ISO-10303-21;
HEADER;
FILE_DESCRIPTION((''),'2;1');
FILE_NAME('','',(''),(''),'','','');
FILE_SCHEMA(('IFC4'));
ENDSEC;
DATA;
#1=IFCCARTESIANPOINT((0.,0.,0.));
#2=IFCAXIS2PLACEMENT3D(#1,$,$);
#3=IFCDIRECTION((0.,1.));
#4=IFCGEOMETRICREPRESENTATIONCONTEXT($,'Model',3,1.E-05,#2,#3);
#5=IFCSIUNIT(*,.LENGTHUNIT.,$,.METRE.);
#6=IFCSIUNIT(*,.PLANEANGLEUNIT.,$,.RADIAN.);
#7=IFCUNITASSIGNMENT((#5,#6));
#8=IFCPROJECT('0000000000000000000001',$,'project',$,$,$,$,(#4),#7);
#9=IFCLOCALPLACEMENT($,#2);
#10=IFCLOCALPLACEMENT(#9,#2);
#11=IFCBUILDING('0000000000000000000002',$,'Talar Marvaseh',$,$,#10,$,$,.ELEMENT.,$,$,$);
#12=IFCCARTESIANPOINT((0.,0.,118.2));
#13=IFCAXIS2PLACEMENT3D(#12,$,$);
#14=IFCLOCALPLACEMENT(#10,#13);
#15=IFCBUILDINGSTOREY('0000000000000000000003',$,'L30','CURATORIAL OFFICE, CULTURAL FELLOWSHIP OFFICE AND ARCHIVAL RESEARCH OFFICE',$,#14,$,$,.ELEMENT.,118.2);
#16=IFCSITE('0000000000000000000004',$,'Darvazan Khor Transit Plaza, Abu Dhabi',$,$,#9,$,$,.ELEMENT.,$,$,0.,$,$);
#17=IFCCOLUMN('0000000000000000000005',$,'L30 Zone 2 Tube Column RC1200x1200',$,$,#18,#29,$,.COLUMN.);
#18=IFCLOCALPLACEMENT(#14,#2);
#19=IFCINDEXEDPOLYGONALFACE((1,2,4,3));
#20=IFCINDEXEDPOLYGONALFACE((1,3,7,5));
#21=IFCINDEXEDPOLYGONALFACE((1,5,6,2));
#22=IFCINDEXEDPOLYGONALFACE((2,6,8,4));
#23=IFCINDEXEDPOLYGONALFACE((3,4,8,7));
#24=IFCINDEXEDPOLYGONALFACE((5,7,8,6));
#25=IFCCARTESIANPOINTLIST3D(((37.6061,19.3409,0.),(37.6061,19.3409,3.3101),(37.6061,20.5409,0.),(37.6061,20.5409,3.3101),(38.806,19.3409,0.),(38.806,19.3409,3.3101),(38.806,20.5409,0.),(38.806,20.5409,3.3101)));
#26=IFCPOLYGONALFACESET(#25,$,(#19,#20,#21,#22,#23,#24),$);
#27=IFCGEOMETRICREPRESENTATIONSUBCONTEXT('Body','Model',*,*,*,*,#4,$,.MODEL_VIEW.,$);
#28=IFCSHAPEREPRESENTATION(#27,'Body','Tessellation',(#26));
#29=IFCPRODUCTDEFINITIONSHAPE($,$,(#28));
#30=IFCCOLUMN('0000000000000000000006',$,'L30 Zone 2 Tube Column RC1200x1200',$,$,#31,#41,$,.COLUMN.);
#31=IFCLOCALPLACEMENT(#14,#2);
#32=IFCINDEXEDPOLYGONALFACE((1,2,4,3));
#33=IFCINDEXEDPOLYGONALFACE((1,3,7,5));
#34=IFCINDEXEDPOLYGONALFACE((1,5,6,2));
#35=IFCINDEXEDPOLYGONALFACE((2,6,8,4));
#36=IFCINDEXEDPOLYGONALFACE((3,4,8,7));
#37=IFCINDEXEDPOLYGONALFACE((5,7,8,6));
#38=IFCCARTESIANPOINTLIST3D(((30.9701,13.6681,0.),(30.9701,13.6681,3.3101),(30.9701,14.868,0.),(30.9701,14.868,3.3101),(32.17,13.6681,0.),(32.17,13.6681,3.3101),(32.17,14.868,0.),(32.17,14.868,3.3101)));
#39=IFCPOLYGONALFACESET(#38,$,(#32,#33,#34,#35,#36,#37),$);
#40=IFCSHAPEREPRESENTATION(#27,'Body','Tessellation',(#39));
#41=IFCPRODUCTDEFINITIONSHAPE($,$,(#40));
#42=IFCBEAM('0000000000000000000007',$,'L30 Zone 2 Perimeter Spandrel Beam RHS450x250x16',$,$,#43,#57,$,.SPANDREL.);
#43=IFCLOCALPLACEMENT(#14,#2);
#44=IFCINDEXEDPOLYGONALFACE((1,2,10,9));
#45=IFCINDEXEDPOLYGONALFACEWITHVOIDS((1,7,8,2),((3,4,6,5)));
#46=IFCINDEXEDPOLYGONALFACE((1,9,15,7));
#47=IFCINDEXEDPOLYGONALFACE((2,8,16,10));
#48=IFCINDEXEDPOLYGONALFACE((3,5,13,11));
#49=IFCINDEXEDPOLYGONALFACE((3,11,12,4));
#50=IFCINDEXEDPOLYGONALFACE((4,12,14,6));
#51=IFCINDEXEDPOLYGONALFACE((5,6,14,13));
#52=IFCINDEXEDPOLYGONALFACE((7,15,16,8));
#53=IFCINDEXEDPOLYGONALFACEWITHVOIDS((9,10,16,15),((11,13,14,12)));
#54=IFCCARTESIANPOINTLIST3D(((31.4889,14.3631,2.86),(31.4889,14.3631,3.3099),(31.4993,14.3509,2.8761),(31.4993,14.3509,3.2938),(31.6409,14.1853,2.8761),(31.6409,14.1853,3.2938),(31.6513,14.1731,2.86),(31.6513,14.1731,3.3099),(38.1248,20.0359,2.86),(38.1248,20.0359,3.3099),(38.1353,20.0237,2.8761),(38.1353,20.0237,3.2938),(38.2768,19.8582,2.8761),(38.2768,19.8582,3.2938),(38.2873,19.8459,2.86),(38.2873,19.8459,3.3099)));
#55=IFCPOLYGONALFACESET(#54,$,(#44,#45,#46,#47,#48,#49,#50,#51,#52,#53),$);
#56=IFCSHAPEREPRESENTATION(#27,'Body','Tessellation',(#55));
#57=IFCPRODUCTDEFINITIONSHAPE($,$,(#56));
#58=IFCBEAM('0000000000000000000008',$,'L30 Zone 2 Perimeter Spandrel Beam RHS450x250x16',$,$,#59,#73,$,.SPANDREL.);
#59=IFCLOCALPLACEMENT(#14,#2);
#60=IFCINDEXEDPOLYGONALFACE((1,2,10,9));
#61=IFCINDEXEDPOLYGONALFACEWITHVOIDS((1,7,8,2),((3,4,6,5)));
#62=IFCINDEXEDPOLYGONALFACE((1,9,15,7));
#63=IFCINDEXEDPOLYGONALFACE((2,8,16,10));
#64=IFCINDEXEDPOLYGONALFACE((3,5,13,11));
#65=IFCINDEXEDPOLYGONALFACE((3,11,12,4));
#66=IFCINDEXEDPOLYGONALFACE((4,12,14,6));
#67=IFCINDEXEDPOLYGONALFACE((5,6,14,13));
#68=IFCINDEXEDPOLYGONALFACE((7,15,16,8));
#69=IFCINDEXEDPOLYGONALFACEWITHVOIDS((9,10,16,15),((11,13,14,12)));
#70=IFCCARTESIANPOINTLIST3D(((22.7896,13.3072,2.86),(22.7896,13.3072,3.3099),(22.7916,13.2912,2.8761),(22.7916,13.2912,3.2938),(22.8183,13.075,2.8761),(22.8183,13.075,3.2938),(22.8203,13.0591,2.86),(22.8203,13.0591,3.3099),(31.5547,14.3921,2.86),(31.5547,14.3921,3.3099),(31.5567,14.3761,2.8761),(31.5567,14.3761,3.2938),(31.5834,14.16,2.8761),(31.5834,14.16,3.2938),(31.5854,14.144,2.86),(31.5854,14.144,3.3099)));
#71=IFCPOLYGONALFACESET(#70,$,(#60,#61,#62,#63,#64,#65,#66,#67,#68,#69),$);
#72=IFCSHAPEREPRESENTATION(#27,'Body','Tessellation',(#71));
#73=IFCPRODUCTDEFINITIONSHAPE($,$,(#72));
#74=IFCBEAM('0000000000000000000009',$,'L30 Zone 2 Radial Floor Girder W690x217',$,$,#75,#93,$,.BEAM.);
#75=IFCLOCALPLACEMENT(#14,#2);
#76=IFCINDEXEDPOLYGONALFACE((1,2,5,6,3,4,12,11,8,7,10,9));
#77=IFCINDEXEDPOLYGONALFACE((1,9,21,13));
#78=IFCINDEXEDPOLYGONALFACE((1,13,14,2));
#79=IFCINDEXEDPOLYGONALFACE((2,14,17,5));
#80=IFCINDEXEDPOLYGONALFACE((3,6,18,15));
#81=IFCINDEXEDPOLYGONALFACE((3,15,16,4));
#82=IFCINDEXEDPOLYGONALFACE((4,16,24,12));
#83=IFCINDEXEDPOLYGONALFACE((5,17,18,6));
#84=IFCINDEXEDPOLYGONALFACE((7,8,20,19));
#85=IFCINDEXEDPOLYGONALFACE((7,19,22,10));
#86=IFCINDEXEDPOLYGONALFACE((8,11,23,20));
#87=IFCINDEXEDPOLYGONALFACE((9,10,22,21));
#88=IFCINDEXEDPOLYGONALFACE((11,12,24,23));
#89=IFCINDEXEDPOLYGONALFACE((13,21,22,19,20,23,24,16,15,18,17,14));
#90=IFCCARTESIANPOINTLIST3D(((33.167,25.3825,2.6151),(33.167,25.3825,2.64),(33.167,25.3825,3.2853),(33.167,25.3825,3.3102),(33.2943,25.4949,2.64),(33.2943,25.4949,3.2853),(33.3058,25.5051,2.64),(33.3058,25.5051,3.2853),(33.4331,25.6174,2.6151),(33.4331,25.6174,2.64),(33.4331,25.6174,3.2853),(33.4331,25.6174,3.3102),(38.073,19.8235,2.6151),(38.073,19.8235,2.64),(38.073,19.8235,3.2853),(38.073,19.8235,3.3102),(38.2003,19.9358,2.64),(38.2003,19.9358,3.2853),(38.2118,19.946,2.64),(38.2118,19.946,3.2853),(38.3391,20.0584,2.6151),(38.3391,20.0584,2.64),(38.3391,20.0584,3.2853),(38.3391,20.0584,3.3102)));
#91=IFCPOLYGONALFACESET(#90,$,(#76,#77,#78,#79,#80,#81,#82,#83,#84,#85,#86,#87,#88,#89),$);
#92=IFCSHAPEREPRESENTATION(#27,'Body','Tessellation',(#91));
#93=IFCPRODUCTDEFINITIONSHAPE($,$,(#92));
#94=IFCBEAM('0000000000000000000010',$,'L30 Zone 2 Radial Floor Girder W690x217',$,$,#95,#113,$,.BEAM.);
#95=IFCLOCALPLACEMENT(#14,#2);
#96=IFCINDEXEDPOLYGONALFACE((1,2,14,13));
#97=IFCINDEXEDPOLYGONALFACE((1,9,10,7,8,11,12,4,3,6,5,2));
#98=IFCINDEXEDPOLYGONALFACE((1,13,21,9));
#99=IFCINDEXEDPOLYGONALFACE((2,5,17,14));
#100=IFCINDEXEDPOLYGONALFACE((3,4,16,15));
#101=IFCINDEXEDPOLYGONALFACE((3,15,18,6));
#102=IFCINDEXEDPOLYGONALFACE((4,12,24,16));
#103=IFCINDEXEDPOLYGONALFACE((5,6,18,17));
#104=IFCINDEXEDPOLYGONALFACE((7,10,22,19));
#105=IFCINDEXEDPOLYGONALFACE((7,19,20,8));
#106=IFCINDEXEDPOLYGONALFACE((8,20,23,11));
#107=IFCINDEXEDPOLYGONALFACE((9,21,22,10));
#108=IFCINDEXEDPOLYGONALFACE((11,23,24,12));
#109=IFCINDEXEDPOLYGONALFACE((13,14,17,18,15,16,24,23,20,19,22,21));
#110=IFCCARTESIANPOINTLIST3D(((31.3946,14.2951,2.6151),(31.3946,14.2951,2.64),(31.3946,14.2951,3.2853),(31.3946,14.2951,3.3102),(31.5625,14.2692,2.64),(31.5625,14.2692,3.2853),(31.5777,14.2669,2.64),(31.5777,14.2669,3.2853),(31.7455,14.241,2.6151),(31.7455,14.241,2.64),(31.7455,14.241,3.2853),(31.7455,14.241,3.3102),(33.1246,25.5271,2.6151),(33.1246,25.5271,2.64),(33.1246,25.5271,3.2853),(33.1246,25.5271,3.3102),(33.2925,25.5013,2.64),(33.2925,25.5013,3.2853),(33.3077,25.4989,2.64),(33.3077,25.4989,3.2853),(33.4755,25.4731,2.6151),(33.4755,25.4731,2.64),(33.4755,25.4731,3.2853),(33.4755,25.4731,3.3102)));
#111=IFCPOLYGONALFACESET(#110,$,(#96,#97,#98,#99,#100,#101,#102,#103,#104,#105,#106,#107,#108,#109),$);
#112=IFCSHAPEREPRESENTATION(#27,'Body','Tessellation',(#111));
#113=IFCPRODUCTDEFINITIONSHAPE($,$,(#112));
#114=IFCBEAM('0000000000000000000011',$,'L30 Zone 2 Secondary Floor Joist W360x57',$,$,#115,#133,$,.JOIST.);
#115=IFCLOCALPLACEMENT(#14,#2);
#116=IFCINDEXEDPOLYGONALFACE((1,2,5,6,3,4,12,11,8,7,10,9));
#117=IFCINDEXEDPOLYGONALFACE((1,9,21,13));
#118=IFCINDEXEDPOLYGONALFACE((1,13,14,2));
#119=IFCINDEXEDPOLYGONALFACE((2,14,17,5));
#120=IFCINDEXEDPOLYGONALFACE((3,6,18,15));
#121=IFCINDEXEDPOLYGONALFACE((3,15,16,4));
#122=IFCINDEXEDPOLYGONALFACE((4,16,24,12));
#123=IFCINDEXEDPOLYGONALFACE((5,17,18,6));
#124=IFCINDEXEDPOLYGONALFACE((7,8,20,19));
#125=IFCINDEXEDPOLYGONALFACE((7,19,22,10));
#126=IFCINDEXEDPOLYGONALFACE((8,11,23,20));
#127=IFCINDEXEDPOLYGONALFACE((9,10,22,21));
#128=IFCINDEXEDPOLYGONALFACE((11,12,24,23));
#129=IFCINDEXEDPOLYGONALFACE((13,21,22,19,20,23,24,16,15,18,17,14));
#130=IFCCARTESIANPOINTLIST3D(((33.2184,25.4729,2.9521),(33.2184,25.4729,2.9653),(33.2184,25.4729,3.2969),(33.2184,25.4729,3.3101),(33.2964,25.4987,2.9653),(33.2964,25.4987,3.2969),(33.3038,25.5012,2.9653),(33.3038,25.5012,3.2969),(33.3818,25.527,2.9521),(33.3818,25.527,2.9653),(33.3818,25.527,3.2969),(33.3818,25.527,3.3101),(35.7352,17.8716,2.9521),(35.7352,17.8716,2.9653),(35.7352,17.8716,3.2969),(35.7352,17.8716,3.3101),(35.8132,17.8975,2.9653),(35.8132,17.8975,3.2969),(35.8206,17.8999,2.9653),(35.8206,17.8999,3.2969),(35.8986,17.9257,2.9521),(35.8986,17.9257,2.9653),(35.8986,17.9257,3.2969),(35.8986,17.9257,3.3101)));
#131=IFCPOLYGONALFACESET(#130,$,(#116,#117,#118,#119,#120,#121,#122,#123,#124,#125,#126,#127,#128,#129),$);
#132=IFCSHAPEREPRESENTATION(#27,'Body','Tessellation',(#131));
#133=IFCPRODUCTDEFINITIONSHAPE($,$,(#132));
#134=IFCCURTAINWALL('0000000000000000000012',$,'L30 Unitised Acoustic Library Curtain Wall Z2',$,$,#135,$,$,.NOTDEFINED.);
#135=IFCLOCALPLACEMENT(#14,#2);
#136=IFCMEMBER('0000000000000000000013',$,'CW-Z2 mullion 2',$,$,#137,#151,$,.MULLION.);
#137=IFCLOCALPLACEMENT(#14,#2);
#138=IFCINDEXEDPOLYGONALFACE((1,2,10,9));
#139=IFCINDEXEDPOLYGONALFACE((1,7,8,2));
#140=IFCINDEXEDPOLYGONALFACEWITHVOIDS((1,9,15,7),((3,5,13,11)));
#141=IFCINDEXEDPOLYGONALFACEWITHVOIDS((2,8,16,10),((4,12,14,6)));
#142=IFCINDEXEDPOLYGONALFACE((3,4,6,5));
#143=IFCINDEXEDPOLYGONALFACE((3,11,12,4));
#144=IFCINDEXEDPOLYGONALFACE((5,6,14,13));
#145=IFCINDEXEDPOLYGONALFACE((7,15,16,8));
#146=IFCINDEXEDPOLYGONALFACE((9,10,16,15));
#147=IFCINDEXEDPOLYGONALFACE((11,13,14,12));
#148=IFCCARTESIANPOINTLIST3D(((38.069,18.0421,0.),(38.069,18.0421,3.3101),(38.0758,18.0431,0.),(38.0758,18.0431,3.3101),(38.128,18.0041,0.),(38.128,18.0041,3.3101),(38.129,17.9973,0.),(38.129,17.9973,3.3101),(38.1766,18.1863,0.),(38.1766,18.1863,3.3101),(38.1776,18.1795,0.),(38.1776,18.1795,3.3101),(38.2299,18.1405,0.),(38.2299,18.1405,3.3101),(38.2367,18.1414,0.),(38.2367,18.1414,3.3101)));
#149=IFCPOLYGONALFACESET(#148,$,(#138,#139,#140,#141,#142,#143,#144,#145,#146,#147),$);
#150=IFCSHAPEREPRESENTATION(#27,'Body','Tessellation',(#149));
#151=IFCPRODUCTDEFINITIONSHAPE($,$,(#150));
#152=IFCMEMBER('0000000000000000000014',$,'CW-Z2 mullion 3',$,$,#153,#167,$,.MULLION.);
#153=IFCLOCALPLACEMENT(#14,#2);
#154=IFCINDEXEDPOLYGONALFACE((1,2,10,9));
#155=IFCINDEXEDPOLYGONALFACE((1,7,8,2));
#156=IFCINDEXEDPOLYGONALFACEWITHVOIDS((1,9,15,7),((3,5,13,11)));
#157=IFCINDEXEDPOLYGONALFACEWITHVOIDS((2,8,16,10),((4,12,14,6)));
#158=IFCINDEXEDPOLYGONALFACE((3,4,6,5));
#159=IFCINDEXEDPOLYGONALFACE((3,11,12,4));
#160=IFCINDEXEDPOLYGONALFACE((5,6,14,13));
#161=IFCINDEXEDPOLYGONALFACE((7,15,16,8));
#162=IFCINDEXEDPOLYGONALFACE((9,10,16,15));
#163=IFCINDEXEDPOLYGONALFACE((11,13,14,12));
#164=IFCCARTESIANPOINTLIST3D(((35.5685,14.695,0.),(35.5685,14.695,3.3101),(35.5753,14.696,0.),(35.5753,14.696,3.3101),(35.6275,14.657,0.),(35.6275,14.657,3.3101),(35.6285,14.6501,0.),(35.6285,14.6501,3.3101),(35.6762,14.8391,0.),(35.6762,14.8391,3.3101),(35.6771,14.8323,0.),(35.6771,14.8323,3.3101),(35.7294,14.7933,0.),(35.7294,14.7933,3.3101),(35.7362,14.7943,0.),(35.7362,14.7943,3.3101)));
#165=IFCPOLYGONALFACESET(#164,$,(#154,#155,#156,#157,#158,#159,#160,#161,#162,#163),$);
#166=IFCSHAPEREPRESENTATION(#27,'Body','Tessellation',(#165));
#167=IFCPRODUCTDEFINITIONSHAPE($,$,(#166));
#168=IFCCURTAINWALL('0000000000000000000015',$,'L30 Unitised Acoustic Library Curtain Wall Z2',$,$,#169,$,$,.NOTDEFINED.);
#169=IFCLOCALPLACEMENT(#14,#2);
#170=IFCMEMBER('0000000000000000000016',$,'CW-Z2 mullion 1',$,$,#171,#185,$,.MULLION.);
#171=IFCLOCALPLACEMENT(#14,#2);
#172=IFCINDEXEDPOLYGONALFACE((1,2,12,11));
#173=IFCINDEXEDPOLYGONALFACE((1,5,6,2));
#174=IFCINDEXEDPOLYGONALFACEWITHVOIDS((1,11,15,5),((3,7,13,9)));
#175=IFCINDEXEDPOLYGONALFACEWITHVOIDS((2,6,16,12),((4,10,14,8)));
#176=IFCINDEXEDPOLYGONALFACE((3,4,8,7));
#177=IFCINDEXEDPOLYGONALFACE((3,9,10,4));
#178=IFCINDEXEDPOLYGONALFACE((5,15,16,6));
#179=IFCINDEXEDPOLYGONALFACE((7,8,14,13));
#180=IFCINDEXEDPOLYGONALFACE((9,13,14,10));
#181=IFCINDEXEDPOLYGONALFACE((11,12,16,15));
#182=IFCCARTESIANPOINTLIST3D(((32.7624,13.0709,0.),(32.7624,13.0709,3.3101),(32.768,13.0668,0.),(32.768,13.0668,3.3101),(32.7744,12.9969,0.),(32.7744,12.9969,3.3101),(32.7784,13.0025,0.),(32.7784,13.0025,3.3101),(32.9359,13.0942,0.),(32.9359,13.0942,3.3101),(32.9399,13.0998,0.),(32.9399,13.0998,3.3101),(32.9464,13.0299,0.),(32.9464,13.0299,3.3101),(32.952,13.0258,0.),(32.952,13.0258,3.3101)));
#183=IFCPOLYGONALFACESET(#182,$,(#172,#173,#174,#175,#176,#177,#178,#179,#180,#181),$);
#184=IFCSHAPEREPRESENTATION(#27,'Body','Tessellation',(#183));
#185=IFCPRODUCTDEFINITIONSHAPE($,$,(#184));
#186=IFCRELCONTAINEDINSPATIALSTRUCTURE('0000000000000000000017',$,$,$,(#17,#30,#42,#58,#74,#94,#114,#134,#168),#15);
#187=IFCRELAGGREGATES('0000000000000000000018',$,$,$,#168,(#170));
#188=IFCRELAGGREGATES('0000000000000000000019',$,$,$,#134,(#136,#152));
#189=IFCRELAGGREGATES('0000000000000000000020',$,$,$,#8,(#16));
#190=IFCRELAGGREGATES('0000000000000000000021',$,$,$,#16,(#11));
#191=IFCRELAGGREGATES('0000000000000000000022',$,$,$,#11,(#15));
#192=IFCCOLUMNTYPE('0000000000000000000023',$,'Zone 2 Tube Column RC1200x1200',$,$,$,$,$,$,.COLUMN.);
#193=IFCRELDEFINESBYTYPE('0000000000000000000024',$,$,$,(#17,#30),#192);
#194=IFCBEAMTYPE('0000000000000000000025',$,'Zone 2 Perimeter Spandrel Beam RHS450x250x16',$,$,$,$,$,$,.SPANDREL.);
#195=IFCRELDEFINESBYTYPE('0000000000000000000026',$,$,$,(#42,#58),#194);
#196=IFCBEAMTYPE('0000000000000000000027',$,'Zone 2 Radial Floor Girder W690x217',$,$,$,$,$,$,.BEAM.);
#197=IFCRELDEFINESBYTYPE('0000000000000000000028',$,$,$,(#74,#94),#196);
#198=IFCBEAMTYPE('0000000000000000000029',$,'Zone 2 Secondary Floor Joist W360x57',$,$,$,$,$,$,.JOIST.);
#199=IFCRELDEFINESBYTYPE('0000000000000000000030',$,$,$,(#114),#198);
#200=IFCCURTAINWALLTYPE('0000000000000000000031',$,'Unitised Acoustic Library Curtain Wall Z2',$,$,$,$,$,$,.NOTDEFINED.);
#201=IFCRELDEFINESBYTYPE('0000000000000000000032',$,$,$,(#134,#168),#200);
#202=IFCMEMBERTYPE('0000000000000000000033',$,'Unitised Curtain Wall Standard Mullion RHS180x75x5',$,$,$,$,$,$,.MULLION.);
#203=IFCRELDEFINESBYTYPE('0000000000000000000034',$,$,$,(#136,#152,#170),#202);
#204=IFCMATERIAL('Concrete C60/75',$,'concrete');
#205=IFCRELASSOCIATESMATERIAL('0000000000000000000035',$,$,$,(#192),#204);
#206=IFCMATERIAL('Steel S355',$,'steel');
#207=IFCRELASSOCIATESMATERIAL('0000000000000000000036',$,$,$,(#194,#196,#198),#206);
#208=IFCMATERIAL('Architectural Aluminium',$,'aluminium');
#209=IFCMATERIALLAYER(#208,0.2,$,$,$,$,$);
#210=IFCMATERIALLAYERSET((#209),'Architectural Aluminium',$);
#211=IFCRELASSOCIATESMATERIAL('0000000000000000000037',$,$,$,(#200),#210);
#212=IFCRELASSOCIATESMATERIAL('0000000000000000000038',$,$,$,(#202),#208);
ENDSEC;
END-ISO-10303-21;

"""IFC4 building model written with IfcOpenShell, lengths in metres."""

from ifc_helpers import new_model, si_unit, direction, frame, origin, origin_2d, place, context, subcontext, project, spatial, rectangle, hollow_rectangle, i_section, extrude, source, transform, mapped, material, layer, layer_set, material_profile, profile_set, type_object, type_shapes, element, aggregate, save


model = new_model("IFC4")

# Units and contexts
model_context = context("Model", 3, precision=1e-05, world=origin(), true_north=direction((0.0, 1.0)))
body_context = subcontext(model_context, "Body", "Model", "MODEL_VIEW")
ifc_project = project(units=[si_unit("LENGTHUNIT", "METRE"), si_unit("PLANEANGLEUNIT", "RADIAN")], contexts=[model_context])

# Site, building, storey
site_placement = place(None, origin())
site = spatial("IfcSite", under=ifc_project, at=site_placement, Name="Darvazan Khor Transit Plaza, Abu Dhabi", CompositionType="ELEMENT", RefElevation=0.0)
building_placement = place(site_placement, origin())
building = spatial("IfcBuilding", under=site, at=building_placement, Name="Talar Marvaseh", CompositionType="ELEMENT")
storey_placement = place(building_placement, frame((0.0, 0.0, 118.2)))
storey = spatial("IfcBuildingStorey", under=building, at=storey_placement, Name="L30", Description="CURATORIAL OFFICE, CULTURAL FELLOWSHIP OFFICE AND ARCHIVAL RESEARCH OFFICE", CompositionType="ELEMENT", Elevation=118.2)

# Columns
ifc_material_1 = material(Name="Concrete C60/75", Category="concrete")
ifc_material_profile_1 = material_profile(ifc_material_1, rectangle(XDim=1.2, YDim=1.2, at=origin_2d()), Name="RC1200x1200")
ifc_profile_set_1 = profile_set([ifc_material_profile_1], Name="Concrete C60/75")
column_type = type_object("IfcColumnType", Name="Zone 2 Tube Column RC1200x1200", PredefinedType="COLUMN", material=ifc_profile_set_1)
for number, where, z_axis, x_axis, name in (
    (1, (38.2061, 19.9409, 0.0), (0.0, 0.0, 1.0), (1.0, 0.0, 0.0), "L30 Zone 2 Tube Column RC1200x1200"),
    (2, (31.5701, 14.2681, 0.0), (0.0, 0.0, 1.0), (1.0, 0.0, 0.0), "L30 Zone 2 Tube Column RC1200x1200"),
):
    element("IfcColumn", number, at=place(storey_placement, frame(where, z_axis=z_axis, x_axis=x_axis)), inside=storey, type_object=column_type, Name=name, PredefinedType="COLUMN", context=body_context, shape_type="SweptSolid", body=[
        extrude(rectangle(XDim=1.2, YDim=1.2, at=origin_2d()), origin(), (0.0, 0.0, 1.0), 3.3101),
    ])

# Beams
ifc_material_2 = material(Name="Steel S355", Category="steel")
ifc_material_profile_2 = material_profile(ifc_material_2, hollow_rectangle(XDim=0.25, YDim=0.45, WallThickness=0.0161, at=origin_2d()), Name="RHS450x250x16")
ifc_profile_set_2 = profile_set([ifc_material_profile_2], Name="Steel S355")
beam_type_1 = type_object("IfcBeamType", Name="Zone 2 Perimeter Spandrel Beam RHS450x250x16", PredefinedType="SPANDREL", material=ifc_profile_set_2)
beam_1_placement = place(storey_placement, frame((38.2061, 19.9409, 3.085), z_axis=(-0.760113, -0.649791, 0.0), x_axis=(0.649791, -0.760113, 0.0)))
element("IfcBeam", 3, at=beam_1_placement, inside=storey, type_object=beam_type_1, Name="L30 Zone 2 Perimeter Spandrel Beam RHS450x250x16", PredefinedType="SPANDREL", context=body_context, shape_type="SweptSolid", body=[
    extrude(hollow_rectangle(XDim=0.25, YDim=0.45, WallThickness=0.0161, at=origin_2d()), origin(), (0.0, 0.0, 1.0), 8.7302),
])
beam_2_placement = place(storey_placement, frame((31.5701, 14.2681, 3.085), z_axis=(-0.992426, -0.122844, 0.0), x_axis=(0.122844, -0.992426, 0.0)))
element("IfcBeam", 4, at=beam_2_placement, inside=storey, type_object=beam_type_1, Name="L30 Zone 2 Perimeter Spandrel Beam RHS450x250x16", PredefinedType="SPANDREL", context=body_context, shape_type="SweptSolid", body=[
    extrude(hollow_rectangle(XDim=0.25, YDim=0.45, WallThickness=0.0161, at=origin_2d()), origin(), (0.0, 0.0, 1.0), 8.832),
])
ifc_material_profile_3 = material_profile(ifc_material_2, i_section(OverallWidth=0.355, OverallDepth=0.6951, WebThickness=0.0154, FlangeThickness=0.0249, at=origin_2d()), Name="W690x217")
ifc_profile_set_3 = profile_set([ifc_material_profile_3], Name="Steel S355")
beam_type_2 = type_object("IfcBeamType", Name="Zone 2 Radial Floor Girder W690x217", PredefinedType="BEAM", material=ifc_profile_set_3)
beam_3_placement = place(storey_placement, frame((38.2061, 19.9409, 2.9626), z_axis=(-0.661692, 0.749775, 0.0), x_axis=(-0.749775, -0.661692, 0.0)))
element("IfcBeam", 5, at=beam_3_placement, inside=storey, type_object=beam_type_2, Name="L30 Zone 2 Radial Floor Girder W690x217", PredefinedType="BEAM", context=body_context, shape_type="SweptSolid", body=[
    extrude(i_section(OverallWidth=0.355, OverallDepth=0.6951, WebThickness=0.0154, FlangeThickness=0.0249, at=origin_2d()), origin(), (0.0, 0.0, 1.0), 7.4143),
])
beam_4_placement = place(storey_placement, frame((31.5701, 14.2681, 2.9626), z_axis=(0.152228, 0.988345, 0.0), x_axis=(-0.988345, 0.152228, 0.0)))
element("IfcBeam", 6, at=beam_4_placement, inside=storey, type_object=beam_type_2, Name="L30 Zone 2 Radial Floor Girder W690x217", PredefinedType="BEAM", context=body_context, shape_type="SweptSolid", body=[
    extrude(i_section(OverallWidth=0.355, OverallDepth=0.6951, WebThickness=0.0154, FlangeThickness=0.0249, at=origin_2d()), origin(), (0.0, 0.0, 1.0), 11.3645),
])
ifc_material_profile_4 = material_profile(ifc_material_2, i_section(OverallWidth=0.1721, OverallDepth=0.3579, WebThickness=0.0078, FlangeThickness=0.0132, at=origin_2d()), Name="W360x57")
ifc_profile_set_4 = profile_set([ifc_material_profile_4], Name="Steel S355")
beam_type_3 = type_object("IfcBeamType", Name="Zone 2 Secondary Floor Joist W360x57", PredefinedType="JOIST", material=ifc_profile_set_4)
beam_5_placement = place(storey_placement, frame((35.8169, 17.8987, 3.1311), z_axis=(-0.314325, 0.949316, 0.0), x_axis=(-0.949316, -0.314325, 0.0)))
element("IfcBeam", 7, at=beam_5_placement, inside=storey, type_object=beam_type_3, Name="L30 Zone 2 Secondary Floor Joist W360x57", PredefinedType="JOIST", context=body_context, shape_type="SweptSolid", body=[
    extrude(i_section(OverallWidth=0.1721, OverallDepth=0.3579, WebThickness=0.0078, FlangeThickness=0.0132, at=origin_2d()), origin(), (0.0, 0.0, 1.0), 8.0071),
])

# Curtain walls, members
ifc_material_3 = material(Name="Architectural Aluminium", Category="aluminium")
ifc_layer_1 = layer(ifc_material_3, 0.2)
ifc_layer_set_1 = layer_set([ifc_layer_1], Name="Architectural Aluminium")
curtain_wall_type = type_object("IfcCurtainWallType", Name="Unitised Acoustic Library Curtain Wall Z2", PredefinedType="NOTDEFINED", material=ifc_layer_set_1)
curtain_wall_1_placement = place(storey_placement, origin())
curtain_wall_1 = element("IfcCurtainWall", 8, at=curtain_wall_1_placement, inside=storey, type_object=curtain_wall_type, Name="L30 Unitised Acoustic Library Curtain Wall Z2", PredefinedType="NOTDEFINED")
ifc_material_profile_5 = material_profile(ifc_material_3, hollow_rectangle(XDim=0.075, YDim=0.1799, WallThickness=0.0049, at=origin_2d()), Name="RHS180x75x5")
ifc_profile_set_5 = profile_set([ifc_material_profile_5], Name="Architectural Aluminium")
member_type_1 = type_object("IfcMemberType", Name="Unitised Curtain Wall Standard Mullion RHS180x75x5", PredefinedType="MULLION", material=ifc_profile_set_5)
shared_shape_1 = source(origin(), body_context, "Body", "SweptSolid", [
    extrude(hollow_rectangle(XDim=0.075, YDim=0.1799, WallThickness=0.0049, at=origin_2d()), origin(), (0.0, 0.0, 1.0), 3.3101),
])
type_shapes(member_type_1, [shared_shape_1])
member_1_placement = place(storey_placement, frame((38.1528, 18.0918, 0.0), z_axis=(0.0, 0.0, 1.0), x_axis=(0.801159, -0.598452, 0.0)))
member_1 = element("IfcMember", 9, at=member_1_placement, type_object=member_type_1, Name="CW-Z2 mullion 2", PredefinedType="MULLION", context=body_context, shape_type="MappedRepresentation", body=[
    mapped(shared_shape_1, transform((0.0, 0.0, 0.0), x_axis=(1.0, 0.0, 0.0), y_axis=(0.0, 1.0, 0.0), z_axis=(0.0, 0.0, 1.0), scale=1.0)),
])
member_2_placement = place(storey_placement, frame((35.6523, 14.7446, 0.0), z_axis=(0.0, 0.0, 1.0), x_axis=(0.801159, -0.598452, 0.0)))
member_2 = element("IfcMember", 10, at=member_2_placement, type_object=member_type_1, Name="CW-Z2 mullion 3", PredefinedType="MULLION", context=body_context, shape_type="MappedRepresentation", body=[
    mapped(shared_shape_1, transform((0.0, 0.0, 0.0), x_axis=(1.0, 0.0, 0.0), y_axis=(0.0, 1.0, 0.0), z_axis=(0.0, 0.0, 1.0), scale=1.0)),
])
curtain_wall_2_placement = place(storey_placement, origin())
curtain_wall_2 = element("IfcCurtainWall", 11, at=curtain_wall_2_placement, inside=storey, type_object=curtain_wall_type, Name="L30 Unitised Acoustic Library Curtain Wall Z2", PredefinedType="NOTDEFINED")
member_3_placement = place(storey_placement, frame((32.8572, 13.0483, 0.0), z_axis=(0.0, 0.0, 1.0), x_axis=(0.160892, -0.986972, 0.0)))
member_3 = element("IfcMember", 12, at=member_3_placement, type_object=member_type_1, Name="CW-Z2 mullion 1", PredefinedType="MULLION", context=body_context, shape_type="MappedRepresentation", body=[
    mapped(shared_shape_1, transform((0.0, 0.0, 0.0), x_axis=(1.0, 0.0, 0.0), y_axis=(0.0, 1.0, 0.0), z_axis=(0.0, 0.0, 1.0), scale=1.0)),
])
aggregate(curtain_wall_2, [member_3])

aggregate(curtain_wall_1, [member_1, member_2])

save(model, "model.ifc")
